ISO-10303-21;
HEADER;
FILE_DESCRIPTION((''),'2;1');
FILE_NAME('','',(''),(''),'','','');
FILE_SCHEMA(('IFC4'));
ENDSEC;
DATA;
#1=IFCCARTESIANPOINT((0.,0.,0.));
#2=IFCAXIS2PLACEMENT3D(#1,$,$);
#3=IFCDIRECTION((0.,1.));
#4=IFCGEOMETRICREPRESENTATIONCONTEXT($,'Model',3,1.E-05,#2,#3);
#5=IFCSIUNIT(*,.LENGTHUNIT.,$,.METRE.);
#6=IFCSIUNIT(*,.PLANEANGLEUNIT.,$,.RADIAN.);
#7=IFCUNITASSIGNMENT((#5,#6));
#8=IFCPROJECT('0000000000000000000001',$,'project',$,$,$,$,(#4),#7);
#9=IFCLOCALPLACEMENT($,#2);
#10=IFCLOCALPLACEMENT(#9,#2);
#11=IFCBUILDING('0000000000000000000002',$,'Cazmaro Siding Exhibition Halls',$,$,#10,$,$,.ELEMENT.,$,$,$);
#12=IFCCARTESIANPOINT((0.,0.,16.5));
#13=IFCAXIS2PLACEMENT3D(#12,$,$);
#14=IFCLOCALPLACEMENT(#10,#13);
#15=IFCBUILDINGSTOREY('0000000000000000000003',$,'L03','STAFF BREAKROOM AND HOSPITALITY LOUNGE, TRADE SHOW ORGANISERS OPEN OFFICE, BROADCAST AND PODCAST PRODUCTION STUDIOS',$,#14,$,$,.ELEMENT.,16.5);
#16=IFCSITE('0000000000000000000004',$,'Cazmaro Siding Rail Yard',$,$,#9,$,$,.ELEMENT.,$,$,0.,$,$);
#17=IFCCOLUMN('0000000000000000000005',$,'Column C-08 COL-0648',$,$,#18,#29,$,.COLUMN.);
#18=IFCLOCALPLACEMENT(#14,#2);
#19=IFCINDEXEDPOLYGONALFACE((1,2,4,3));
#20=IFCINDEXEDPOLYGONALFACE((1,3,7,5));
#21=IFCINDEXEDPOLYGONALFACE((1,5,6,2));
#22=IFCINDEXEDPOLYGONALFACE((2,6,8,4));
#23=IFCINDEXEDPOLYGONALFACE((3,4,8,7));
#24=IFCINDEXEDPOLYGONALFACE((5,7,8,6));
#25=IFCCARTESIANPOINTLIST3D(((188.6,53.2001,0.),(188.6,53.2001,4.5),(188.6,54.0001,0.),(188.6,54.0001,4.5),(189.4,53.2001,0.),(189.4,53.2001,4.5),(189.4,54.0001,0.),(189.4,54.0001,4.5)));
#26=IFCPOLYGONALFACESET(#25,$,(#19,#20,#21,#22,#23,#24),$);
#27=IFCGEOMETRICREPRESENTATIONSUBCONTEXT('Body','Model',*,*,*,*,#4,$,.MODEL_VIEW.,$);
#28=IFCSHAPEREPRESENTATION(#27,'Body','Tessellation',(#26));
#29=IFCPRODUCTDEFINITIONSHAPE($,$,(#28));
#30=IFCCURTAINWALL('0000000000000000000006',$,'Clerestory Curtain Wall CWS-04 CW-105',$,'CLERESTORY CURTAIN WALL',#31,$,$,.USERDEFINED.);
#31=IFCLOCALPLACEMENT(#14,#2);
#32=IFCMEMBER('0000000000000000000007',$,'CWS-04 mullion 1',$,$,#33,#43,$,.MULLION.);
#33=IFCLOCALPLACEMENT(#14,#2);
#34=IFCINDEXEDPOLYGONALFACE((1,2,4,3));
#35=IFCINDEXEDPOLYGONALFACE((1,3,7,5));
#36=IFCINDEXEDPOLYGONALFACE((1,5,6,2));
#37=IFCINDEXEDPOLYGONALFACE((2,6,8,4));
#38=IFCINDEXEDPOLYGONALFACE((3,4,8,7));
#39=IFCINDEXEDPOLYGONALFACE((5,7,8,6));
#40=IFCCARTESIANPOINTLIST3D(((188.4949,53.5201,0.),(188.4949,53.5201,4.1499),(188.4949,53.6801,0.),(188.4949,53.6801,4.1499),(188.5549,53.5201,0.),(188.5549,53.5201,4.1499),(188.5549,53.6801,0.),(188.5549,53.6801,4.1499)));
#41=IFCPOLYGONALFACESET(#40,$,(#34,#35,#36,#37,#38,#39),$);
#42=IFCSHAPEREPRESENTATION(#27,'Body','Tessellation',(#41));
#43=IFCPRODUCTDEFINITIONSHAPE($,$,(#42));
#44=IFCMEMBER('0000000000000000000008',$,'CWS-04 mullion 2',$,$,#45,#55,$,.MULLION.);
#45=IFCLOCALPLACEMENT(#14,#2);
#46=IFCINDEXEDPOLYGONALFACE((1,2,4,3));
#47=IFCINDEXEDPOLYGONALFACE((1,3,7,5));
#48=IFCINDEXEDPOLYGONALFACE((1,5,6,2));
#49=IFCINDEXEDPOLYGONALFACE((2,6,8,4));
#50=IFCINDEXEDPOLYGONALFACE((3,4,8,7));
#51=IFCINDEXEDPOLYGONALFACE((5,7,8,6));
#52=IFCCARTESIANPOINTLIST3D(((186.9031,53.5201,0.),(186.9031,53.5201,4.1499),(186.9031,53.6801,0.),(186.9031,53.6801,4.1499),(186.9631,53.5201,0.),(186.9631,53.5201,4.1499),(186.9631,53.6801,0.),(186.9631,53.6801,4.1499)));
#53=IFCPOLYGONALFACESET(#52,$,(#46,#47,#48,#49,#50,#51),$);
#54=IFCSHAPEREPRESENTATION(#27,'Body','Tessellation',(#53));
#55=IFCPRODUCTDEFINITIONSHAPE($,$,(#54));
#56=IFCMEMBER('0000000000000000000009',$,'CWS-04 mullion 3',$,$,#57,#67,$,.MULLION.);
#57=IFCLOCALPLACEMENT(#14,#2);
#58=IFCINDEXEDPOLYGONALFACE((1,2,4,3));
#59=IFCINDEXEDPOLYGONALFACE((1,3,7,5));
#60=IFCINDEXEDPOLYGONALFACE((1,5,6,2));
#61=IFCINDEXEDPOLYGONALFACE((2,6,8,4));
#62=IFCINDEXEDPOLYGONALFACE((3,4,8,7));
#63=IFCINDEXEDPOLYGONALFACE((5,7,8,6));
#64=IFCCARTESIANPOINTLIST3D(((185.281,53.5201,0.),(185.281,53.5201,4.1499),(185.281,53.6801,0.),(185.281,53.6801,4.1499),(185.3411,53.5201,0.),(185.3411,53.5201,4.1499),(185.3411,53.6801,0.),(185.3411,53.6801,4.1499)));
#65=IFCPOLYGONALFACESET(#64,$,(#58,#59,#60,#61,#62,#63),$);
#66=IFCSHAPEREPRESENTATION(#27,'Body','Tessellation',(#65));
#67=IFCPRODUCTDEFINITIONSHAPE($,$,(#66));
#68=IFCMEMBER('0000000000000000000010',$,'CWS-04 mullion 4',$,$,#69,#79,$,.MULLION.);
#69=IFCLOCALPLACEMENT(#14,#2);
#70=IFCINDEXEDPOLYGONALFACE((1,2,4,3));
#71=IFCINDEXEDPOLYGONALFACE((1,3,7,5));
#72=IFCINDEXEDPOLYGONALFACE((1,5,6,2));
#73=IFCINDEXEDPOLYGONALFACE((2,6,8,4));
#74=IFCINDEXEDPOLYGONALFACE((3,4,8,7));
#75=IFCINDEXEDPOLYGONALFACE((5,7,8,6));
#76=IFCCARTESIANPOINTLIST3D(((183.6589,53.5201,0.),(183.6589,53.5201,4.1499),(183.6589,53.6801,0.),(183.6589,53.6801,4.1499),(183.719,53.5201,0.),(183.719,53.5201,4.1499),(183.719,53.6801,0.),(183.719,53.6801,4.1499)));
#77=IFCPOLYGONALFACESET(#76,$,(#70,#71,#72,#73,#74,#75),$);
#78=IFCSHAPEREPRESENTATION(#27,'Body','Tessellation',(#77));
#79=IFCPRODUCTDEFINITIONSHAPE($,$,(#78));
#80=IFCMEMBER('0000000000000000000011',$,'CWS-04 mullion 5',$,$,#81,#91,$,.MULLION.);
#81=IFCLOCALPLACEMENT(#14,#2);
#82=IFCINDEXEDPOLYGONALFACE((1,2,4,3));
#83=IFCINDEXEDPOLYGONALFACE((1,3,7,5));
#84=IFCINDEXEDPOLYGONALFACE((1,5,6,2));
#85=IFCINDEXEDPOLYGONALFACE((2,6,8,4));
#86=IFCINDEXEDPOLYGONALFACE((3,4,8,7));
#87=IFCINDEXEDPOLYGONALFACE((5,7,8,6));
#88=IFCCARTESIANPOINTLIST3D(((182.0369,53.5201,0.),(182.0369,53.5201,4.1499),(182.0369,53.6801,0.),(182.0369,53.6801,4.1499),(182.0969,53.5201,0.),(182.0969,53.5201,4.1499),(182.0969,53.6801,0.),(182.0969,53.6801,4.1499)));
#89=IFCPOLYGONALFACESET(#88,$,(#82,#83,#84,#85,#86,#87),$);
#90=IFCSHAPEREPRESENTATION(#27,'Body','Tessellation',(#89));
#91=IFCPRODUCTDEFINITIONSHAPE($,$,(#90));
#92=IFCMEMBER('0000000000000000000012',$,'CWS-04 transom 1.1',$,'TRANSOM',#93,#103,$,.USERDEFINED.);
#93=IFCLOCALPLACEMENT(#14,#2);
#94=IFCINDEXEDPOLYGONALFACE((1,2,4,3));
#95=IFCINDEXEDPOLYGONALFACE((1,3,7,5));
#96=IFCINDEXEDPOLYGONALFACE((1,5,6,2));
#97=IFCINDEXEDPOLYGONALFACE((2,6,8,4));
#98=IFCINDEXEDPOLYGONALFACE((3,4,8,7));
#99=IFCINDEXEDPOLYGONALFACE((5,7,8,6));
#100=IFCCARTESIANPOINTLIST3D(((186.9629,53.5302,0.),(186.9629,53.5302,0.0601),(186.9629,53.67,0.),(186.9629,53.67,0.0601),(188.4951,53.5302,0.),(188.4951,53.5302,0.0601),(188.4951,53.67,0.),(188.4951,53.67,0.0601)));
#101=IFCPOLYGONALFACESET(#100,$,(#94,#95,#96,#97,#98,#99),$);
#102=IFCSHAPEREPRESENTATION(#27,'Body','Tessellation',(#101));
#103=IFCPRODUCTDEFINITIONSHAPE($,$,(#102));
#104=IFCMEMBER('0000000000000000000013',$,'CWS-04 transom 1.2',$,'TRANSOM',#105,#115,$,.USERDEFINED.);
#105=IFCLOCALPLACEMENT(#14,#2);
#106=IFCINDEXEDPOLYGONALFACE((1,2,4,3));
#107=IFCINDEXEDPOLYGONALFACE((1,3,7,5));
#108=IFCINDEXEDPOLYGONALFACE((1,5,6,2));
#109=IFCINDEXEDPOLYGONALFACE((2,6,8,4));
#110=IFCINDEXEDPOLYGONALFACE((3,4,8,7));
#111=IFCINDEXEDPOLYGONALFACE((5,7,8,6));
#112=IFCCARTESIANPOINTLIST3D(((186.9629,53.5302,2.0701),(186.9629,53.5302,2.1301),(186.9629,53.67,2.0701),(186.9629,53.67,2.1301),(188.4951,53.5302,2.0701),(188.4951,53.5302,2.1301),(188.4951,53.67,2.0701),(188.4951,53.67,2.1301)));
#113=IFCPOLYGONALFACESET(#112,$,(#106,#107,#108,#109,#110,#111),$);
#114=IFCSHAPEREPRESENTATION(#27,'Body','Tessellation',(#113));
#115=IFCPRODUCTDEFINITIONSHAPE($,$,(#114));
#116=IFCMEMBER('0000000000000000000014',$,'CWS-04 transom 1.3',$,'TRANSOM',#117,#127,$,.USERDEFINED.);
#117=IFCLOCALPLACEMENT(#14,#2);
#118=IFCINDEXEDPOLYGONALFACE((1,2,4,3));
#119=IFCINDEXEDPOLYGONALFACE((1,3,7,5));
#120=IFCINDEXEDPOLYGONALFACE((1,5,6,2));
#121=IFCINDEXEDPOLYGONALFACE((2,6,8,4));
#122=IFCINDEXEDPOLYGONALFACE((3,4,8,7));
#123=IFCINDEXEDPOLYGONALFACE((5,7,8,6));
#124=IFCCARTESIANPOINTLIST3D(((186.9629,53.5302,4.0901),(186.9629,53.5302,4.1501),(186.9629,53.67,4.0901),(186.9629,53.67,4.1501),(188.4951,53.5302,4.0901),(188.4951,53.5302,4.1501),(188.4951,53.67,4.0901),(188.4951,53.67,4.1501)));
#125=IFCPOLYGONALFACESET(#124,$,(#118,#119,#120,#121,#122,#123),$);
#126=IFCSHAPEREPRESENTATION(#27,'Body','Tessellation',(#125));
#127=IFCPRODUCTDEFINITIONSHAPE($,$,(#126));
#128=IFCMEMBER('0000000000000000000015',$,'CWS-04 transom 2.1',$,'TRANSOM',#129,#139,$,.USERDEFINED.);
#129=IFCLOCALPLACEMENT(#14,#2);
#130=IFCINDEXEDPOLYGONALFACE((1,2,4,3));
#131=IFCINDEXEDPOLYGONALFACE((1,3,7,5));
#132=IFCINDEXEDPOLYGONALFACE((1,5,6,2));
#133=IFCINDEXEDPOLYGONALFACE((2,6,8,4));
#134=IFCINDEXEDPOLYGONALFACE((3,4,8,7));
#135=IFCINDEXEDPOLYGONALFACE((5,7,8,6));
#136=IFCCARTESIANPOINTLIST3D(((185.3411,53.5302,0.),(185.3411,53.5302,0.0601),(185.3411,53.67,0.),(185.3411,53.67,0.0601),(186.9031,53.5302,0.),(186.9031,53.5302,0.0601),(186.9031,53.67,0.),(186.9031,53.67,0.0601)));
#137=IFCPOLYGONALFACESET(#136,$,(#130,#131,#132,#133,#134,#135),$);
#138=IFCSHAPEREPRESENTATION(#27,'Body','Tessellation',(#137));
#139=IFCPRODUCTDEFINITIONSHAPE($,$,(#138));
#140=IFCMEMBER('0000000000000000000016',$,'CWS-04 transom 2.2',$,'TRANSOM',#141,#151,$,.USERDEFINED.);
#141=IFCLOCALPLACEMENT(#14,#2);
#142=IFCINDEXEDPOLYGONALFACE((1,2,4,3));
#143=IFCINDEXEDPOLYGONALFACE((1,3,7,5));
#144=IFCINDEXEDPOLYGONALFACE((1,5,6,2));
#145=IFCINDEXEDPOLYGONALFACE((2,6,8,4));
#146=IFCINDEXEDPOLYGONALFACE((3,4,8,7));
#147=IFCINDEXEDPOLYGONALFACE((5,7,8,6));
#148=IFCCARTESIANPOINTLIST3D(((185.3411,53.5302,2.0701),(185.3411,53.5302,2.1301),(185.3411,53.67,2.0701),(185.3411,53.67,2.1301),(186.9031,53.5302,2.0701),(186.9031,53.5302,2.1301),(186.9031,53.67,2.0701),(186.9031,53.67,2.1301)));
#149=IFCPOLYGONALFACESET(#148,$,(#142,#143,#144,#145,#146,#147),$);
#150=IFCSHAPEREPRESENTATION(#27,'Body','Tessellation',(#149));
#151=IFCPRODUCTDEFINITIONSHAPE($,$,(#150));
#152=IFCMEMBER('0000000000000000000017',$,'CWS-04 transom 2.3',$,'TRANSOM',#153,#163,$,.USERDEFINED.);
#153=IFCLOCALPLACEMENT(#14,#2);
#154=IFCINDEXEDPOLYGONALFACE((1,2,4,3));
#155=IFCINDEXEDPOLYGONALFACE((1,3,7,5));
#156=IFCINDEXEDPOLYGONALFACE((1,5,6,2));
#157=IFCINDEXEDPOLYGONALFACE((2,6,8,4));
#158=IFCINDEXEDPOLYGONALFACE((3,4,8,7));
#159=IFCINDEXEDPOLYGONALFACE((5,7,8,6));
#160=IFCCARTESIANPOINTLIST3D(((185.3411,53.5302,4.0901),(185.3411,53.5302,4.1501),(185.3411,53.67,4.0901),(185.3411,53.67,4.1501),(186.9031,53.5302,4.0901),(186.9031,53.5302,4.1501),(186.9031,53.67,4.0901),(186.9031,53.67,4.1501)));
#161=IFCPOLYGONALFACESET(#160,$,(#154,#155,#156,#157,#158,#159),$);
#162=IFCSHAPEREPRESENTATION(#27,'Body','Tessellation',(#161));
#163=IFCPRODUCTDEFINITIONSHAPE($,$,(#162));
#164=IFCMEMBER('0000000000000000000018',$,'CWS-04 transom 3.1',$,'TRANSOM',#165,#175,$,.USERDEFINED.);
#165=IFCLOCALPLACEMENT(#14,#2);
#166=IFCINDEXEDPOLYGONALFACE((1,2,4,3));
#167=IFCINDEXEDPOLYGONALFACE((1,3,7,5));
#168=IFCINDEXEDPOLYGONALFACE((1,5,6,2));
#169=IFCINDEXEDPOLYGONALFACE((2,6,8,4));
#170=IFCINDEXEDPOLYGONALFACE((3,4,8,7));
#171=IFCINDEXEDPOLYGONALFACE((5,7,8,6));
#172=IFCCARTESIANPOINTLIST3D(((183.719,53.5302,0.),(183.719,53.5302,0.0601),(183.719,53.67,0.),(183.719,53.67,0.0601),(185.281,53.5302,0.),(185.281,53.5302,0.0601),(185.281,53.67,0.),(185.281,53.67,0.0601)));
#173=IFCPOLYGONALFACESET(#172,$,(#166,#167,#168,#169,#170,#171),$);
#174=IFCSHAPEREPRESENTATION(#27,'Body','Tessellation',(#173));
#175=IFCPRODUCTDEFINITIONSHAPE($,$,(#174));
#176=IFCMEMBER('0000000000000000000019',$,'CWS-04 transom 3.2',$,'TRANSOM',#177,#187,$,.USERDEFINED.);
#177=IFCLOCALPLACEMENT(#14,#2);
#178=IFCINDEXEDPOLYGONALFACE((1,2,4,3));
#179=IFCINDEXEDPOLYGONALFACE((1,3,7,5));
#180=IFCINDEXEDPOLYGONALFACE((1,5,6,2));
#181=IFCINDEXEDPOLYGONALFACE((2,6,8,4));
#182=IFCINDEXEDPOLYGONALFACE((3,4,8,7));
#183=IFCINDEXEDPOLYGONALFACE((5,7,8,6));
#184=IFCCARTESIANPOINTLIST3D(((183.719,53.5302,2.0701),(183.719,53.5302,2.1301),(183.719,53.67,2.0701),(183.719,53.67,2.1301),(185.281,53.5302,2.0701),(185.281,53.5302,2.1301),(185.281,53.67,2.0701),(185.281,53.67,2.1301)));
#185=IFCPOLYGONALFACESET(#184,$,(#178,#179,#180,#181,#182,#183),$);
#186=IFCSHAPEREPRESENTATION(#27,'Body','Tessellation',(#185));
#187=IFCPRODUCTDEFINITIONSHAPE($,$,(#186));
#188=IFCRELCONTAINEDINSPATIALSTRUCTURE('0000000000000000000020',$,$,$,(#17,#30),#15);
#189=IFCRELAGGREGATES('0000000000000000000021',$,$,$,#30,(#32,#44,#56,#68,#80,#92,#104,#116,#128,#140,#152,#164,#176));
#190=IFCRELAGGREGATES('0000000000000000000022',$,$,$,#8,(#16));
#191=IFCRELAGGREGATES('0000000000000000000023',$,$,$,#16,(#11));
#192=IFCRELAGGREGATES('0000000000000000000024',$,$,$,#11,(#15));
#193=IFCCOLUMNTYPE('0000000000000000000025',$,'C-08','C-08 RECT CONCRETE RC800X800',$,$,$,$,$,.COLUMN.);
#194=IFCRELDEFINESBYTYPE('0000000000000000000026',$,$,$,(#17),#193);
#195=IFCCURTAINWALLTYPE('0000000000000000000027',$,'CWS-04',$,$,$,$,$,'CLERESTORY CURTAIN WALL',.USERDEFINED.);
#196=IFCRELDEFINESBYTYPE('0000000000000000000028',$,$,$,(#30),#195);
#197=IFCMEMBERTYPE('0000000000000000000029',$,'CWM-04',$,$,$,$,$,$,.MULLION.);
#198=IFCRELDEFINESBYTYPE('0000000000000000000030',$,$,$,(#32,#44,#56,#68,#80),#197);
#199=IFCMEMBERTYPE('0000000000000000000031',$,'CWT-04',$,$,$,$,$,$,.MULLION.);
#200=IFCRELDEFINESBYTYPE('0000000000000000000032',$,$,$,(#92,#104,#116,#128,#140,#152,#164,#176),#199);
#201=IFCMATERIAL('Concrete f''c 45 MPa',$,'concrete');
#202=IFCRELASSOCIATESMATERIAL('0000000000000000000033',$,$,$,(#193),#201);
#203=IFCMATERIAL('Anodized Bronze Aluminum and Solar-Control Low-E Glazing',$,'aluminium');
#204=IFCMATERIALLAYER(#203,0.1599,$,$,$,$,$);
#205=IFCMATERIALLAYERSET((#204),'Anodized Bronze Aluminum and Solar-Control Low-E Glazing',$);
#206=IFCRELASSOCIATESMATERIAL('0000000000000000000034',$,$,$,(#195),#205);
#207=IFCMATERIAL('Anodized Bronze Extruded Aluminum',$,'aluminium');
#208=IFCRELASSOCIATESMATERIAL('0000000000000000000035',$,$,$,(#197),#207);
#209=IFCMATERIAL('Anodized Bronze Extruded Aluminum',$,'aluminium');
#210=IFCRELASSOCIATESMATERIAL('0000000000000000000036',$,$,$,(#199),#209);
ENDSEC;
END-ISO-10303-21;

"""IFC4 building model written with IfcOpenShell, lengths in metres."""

from ifc_helpers import new_model, si_unit, direction, frame, origin, origin_2d, place, context, subcontext, project, spatial, rectangle, extrude, material, layer, layer_set, material_profile, profile_set, type_object, element, aggregate, save


model = new_model("IFC4")

# Units and contexts
model_context = context("Model", 3, precision=1e-05, world=origin(), true_north=direction((0.0, 1.0)))
body_context = subcontext(model_context, "Body", "Model", "MODEL_VIEW")
ifc_project = project(units=[si_unit("LENGTHUNIT", "METRE"), si_unit("PLANEANGLEUNIT", "RADIAN")], contexts=[model_context])

# Site, building, storey
site_placement = place(None, origin())
site = spatial("IfcSite", under=ifc_project, at=site_placement, Name="Cazmaro Siding Rail Yard", CompositionType="ELEMENT", RefElevation=0.0)
building_placement = place(site_placement, origin())
building = spatial("IfcBuilding", under=site, at=building_placement, Name="Cazmaro Siding Exhibition Halls", CompositionType="ELEMENT")
storey_placement = place(building_placement, frame((0.0, 0.0, 16.5)))
storey = spatial("IfcBuildingStorey", under=building, at=storey_placement, Name="L03", Description="STAFF BREAKROOM AND HOSPITALITY LOUNGE, TRADE SHOW ORGANISERS OPEN OFFICE, BROADCAST AND PODCAST PRODUCTION STUDIOS", CompositionType="ELEMENT", Elevation=16.5)

# Column
ifc_material_1 = material(Name="Concrete f'c 45 MPa", Category="concrete")
ifc_material_profile_1 = material_profile(ifc_material_1, rectangle(XDim=0.8, YDim=0.8, at=origin_2d()), Name="RC800X800")
ifc_profile_set_1 = profile_set([ifc_material_profile_1], Name="Concrete f'c 45 MPa")
column_type = type_object("IfcColumnType", Name="C-08", Description="C-08 RECT CONCRETE RC800X800", PredefinedType="COLUMN", material=ifc_profile_set_1)
column_placement = place(storey_placement, frame((189.0, 53.6001, 0.0), z_axis=(0.0, 0.0, 1.0), x_axis=(1.0, 0.0, 0.0)))
element("IfcColumn", 1, at=column_placement, inside=storey, type_object=column_type, Name="Column C-08 COL-0648", PredefinedType="COLUMN", context=body_context, shape_type="SweptSolid", body=[
    extrude(rectangle(XDim=0.8, YDim=0.8, at=origin_2d()), origin(), (0.0, 0.0, 1.0), 4.5),
])

# Curtain wall, members
ifc_material_2 = material(Name="Anodized Bronze Aluminum and Solar-Control Low-E Glazing", Category="aluminium")
ifc_layer_1 = layer(ifc_material_2, 0.1599)
ifc_layer_set_1 = layer_set([ifc_layer_1], Name="Anodized Bronze Aluminum and Solar-Control Low-E Glazing")
curtain_wall_type = type_object("IfcCurtainWallType", Name="CWS-04", ElementType="CLERESTORY CURTAIN WALL", PredefinedType="USERDEFINED", material=ifc_layer_set_1)
curtain_wall_placement = place(storey_placement, origin())
curtain_wall = element("IfcCurtainWall", 2, at=curtain_wall_placement, inside=storey, type_object=curtain_wall_type, Name="Clerestory Curtain Wall CWS-04 CW-105", ObjectType="CLERESTORY CURTAIN WALL", PredefinedType="USERDEFINED")
ifc_material_3 = material(Name="Anodized Bronze Extruded Aluminum", Category="aluminium")
ifc_material_profile_2 = material_profile(ifc_material_3, rectangle(XDim=0.1599, YDim=0.0601, at=origin_2d()), Name="CWM-04")
ifc_profile_set_2 = profile_set([ifc_material_profile_2], Name="Anodized Bronze Extruded Aluminum")
member_type_1 = type_object("IfcMemberType", Name="CWM-04", PredefinedType="MULLION", material=ifc_profile_set_2)
member_1_placement = place(storey_placement, frame((188.5249, 53.6001, 0.0), z_axis=(0.0, 0.0, 1.0), x_axis=(0.0, -1.0, 0.0)))
member_1 = element("IfcMember", 3, at=member_1_placement, type_object=member_type_1, Name="CWS-04 mullion 1", PredefinedType="MULLION", context=body_context, shape_type="SweptSolid", body=[
    extrude(rectangle(XDim=0.1599, YDim=0.0601, at=origin_2d()), origin(), (0.0, 0.0, 1.0), 4.1499),
])
member_2_placement = place(storey_placement, frame((186.9331, 53.6001, 0.0), z_axis=(0.0, 0.0, 1.0), x_axis=(0.0, -1.0, 0.0)))
member_2 = element("IfcMember", 4, at=member_2_placement, type_object=member_type_1, Name="CWS-04 mullion 2", PredefinedType="MULLION", context=body_context, shape_type="SweptSolid", body=[
    extrude(rectangle(XDim=0.1599, YDim=0.0601, at=origin_2d()), origin(), (0.0, 0.0, 1.0), 4.1499),
])
member_3_placement = place(storey_placement, frame((185.311, 53.6001, 0.0), z_axis=(0.0, 0.0, 1.0), x_axis=(0.0, -1.0, 0.0)))
member_3 = element("IfcMember", 5, at=member_3_placement, type_object=member_type_1, Name="CWS-04 mullion 3", PredefinedType="MULLION", context=body_context, shape_type="SweptSolid", body=[
    extrude(rectangle(XDim=0.1599, YDim=0.0601, at=origin_2d()), origin(), (0.0, 0.0, 1.0), 4.1499),
])
member_4_placement = place(storey_placement, frame((183.689, 53.6001, 0.0), z_axis=(0.0, 0.0, 1.0), x_axis=(0.0, -1.0, 0.0)))
member_4 = element("IfcMember", 6, at=member_4_placement, type_object=member_type_1, Name="CWS-04 mullion 4", PredefinedType="MULLION", context=body_context, shape_type="SweptSolid", body=[
    extrude(rectangle(XDim=0.1599, YDim=0.0601, at=origin_2d()), origin(), (0.0, 0.0, 1.0), 4.1499),
])
member_5_placement = place(storey_placement, frame((182.0669, 53.6001, 0.0), z_axis=(0.0, 0.0, 1.0), x_axis=(0.0, -1.0, 0.0)))
member_5 = element("IfcMember", 7, at=member_5_placement, type_object=member_type_1, Name="CWS-04 mullion 5", PredefinedType="MULLION", context=body_context, shape_type="SweptSolid", body=[
    extrude(rectangle(XDim=0.1599, YDim=0.0601, at=origin_2d()), origin(), (0.0, 0.0, 1.0), 4.1499),
])
ifc_material_4 = material(Name="Anodized Bronze Extruded Aluminum", Category="aluminium")
ifc_material_profile_3 = material_profile(ifc_material_4, rectangle(XDim=0.1399, YDim=0.0601, at=origin_2d()), Name="CWT-04")
ifc_profile_set_3 = profile_set([ifc_material_profile_3], Name="Anodized Bronze Extruded Aluminum")
member_type_2 = type_object("IfcMemberType", Name="CWT-04", PredefinedType="MULLION", material=ifc_profile_set_3)
member_6_placement = place(storey_placement, frame((188.4951, 53.6001, 0.03), z_axis=(-1.0, 0.0, 0.0), x_axis=(0.0, -1.0, 0.0)))
member_6 = element("IfcMember", 8, at=member_6_placement, type_object=member_type_2, Name="CWS-04 transom 1.1", ObjectType="TRANSOM", PredefinedType="USERDEFINED", context=body_context, shape_type="SweptSolid", body=[
    extrude(rectangle(XDim=0.1399, YDim=0.0601, at=origin_2d()), origin(), (0.0, 0.0, 1.0), 1.5322),
])
member_7_placement = place(storey_placement, frame((188.4951, 53.6001, 2.1001), z_axis=(-1.0, 0.0, 0.0), x_axis=(0.0, -1.0, 0.0)))
member_7 = element("IfcMember", 9, at=member_7_placement, type_object=member_type_2, Name="CWS-04 transom 1.2", ObjectType="TRANSOM", PredefinedType="USERDEFINED", context=body_context, shape_type="SweptSolid", body=[
    extrude(rectangle(XDim=0.1399, YDim=0.0601, at=origin_2d()), origin(), (0.0, 0.0, 1.0), 1.5322),
])
member_8_placement = place(storey_placement, frame((188.4951, 53.6001, 4.1201), z_axis=(-1.0, 0.0, 0.0), x_axis=(0.0, -1.0, 0.0)))
member_8 = element("IfcMember", 10, at=member_8_placement, type_object=member_type_2, Name="CWS-04 transom 1.3", ObjectType="TRANSOM", PredefinedType="USERDEFINED", context=body_context, shape_type="SweptSolid", body=[
    extrude(rectangle(XDim=0.1399, YDim=0.0601, at=origin_2d()), origin(), (0.0, 0.0, 1.0), 1.5322),
])
member_9_placement = place(storey_placement, frame((186.9031, 53.6001, 0.03), z_axis=(-1.0, 0.0, 0.0), x_axis=(0.0, -1.0, 0.0)))
member_9 = element("IfcMember", 11, at=member_9_placement, type_object=member_type_2, Name="CWS-04 transom 2.1", ObjectType="TRANSOM", PredefinedType="USERDEFINED", context=body_context, shape_type="SweptSolid", body=[
    extrude(rectangle(XDim=0.1399, YDim=0.0601, at=origin_2d()), origin(), (0.0, 0.0, 1.0), 1.562),
])
member_10_placement = place(storey_placement, frame((186.9031, 53.6001, 2.1001), z_axis=(-1.0, 0.0, 0.0), x_axis=(0.0, -1.0, 0.0)))
member_10 = element("IfcMember", 12, at=member_10_placement, type_object=member_type_2, Name="CWS-04 transom 2.2", ObjectType="TRANSOM", PredefinedType="USERDEFINED", context=body_context, shape_type="SweptSolid", body=[
    extrude(rectangle(XDim=0.1399, YDim=0.0601, at=origin_2d()), origin(), (0.0, 0.0, 1.0), 1.562),
])
member_11_placement = place(storey_placement, frame((186.9031, 53.6001, 4.1201), z_axis=(-1.0, 0.0, 0.0), x_axis=(0.0, -1.0, 0.0)))
member_11 = element("IfcMember", 13, at=member_11_placement, type_object=member_type_2, Name="CWS-04 transom 2.3", ObjectType="TRANSOM", PredefinedType="USERDEFINED", context=body_context, shape_type="SweptSolid", body=[
    extrude(rectangle(XDim=0.1399, YDim=0.0601, at=origin_2d()), origin(), (0.0, 0.0, 1.0), 1.562),
])
member_12_placement = place(storey_placement, frame((185.281, 53.6001, 0.03), z_axis=(-1.0, 0.0, 0.0), x_axis=(0.0, -1.0, 0.0)))
member_12 = element("IfcMember", 14, at=member_12_placement, type_object=member_type_2, Name="CWS-04 transom 3.1", ObjectType="TRANSOM", PredefinedType="USERDEFINED", context=body_context, shape_type="SweptSolid", body=[
    extrude(rectangle(XDim=0.1399, YDim=0.0601, at=origin_2d()), origin(), (0.0, 0.0, 1.0), 1.562),
])
member_13_placement = place(storey_placement, frame((185.281, 53.6001, 2.1001), z_axis=(-1.0, 0.0, 0.0), x_axis=(0.0, -1.0, 0.0)))
member_13 = element("IfcMember", 15, at=member_13_placement, type_object=member_type_2, Name="CWS-04 transom 3.2", ObjectType="TRANSOM", PredefinedType="USERDEFINED", context=body_context, shape_type="SweptSolid", body=[
    extrude(rectangle(XDim=0.1399, YDim=0.0601, at=origin_2d()), origin(), (0.0, 0.0, 1.0), 1.562),
])

aggregate(curtain_wall, [member_1, member_2, member_3, member_4, member_5, member_6, member_7, member_8, member_9, member_10, member_11, member_12, member_13])

save(model, "model.ifc")
